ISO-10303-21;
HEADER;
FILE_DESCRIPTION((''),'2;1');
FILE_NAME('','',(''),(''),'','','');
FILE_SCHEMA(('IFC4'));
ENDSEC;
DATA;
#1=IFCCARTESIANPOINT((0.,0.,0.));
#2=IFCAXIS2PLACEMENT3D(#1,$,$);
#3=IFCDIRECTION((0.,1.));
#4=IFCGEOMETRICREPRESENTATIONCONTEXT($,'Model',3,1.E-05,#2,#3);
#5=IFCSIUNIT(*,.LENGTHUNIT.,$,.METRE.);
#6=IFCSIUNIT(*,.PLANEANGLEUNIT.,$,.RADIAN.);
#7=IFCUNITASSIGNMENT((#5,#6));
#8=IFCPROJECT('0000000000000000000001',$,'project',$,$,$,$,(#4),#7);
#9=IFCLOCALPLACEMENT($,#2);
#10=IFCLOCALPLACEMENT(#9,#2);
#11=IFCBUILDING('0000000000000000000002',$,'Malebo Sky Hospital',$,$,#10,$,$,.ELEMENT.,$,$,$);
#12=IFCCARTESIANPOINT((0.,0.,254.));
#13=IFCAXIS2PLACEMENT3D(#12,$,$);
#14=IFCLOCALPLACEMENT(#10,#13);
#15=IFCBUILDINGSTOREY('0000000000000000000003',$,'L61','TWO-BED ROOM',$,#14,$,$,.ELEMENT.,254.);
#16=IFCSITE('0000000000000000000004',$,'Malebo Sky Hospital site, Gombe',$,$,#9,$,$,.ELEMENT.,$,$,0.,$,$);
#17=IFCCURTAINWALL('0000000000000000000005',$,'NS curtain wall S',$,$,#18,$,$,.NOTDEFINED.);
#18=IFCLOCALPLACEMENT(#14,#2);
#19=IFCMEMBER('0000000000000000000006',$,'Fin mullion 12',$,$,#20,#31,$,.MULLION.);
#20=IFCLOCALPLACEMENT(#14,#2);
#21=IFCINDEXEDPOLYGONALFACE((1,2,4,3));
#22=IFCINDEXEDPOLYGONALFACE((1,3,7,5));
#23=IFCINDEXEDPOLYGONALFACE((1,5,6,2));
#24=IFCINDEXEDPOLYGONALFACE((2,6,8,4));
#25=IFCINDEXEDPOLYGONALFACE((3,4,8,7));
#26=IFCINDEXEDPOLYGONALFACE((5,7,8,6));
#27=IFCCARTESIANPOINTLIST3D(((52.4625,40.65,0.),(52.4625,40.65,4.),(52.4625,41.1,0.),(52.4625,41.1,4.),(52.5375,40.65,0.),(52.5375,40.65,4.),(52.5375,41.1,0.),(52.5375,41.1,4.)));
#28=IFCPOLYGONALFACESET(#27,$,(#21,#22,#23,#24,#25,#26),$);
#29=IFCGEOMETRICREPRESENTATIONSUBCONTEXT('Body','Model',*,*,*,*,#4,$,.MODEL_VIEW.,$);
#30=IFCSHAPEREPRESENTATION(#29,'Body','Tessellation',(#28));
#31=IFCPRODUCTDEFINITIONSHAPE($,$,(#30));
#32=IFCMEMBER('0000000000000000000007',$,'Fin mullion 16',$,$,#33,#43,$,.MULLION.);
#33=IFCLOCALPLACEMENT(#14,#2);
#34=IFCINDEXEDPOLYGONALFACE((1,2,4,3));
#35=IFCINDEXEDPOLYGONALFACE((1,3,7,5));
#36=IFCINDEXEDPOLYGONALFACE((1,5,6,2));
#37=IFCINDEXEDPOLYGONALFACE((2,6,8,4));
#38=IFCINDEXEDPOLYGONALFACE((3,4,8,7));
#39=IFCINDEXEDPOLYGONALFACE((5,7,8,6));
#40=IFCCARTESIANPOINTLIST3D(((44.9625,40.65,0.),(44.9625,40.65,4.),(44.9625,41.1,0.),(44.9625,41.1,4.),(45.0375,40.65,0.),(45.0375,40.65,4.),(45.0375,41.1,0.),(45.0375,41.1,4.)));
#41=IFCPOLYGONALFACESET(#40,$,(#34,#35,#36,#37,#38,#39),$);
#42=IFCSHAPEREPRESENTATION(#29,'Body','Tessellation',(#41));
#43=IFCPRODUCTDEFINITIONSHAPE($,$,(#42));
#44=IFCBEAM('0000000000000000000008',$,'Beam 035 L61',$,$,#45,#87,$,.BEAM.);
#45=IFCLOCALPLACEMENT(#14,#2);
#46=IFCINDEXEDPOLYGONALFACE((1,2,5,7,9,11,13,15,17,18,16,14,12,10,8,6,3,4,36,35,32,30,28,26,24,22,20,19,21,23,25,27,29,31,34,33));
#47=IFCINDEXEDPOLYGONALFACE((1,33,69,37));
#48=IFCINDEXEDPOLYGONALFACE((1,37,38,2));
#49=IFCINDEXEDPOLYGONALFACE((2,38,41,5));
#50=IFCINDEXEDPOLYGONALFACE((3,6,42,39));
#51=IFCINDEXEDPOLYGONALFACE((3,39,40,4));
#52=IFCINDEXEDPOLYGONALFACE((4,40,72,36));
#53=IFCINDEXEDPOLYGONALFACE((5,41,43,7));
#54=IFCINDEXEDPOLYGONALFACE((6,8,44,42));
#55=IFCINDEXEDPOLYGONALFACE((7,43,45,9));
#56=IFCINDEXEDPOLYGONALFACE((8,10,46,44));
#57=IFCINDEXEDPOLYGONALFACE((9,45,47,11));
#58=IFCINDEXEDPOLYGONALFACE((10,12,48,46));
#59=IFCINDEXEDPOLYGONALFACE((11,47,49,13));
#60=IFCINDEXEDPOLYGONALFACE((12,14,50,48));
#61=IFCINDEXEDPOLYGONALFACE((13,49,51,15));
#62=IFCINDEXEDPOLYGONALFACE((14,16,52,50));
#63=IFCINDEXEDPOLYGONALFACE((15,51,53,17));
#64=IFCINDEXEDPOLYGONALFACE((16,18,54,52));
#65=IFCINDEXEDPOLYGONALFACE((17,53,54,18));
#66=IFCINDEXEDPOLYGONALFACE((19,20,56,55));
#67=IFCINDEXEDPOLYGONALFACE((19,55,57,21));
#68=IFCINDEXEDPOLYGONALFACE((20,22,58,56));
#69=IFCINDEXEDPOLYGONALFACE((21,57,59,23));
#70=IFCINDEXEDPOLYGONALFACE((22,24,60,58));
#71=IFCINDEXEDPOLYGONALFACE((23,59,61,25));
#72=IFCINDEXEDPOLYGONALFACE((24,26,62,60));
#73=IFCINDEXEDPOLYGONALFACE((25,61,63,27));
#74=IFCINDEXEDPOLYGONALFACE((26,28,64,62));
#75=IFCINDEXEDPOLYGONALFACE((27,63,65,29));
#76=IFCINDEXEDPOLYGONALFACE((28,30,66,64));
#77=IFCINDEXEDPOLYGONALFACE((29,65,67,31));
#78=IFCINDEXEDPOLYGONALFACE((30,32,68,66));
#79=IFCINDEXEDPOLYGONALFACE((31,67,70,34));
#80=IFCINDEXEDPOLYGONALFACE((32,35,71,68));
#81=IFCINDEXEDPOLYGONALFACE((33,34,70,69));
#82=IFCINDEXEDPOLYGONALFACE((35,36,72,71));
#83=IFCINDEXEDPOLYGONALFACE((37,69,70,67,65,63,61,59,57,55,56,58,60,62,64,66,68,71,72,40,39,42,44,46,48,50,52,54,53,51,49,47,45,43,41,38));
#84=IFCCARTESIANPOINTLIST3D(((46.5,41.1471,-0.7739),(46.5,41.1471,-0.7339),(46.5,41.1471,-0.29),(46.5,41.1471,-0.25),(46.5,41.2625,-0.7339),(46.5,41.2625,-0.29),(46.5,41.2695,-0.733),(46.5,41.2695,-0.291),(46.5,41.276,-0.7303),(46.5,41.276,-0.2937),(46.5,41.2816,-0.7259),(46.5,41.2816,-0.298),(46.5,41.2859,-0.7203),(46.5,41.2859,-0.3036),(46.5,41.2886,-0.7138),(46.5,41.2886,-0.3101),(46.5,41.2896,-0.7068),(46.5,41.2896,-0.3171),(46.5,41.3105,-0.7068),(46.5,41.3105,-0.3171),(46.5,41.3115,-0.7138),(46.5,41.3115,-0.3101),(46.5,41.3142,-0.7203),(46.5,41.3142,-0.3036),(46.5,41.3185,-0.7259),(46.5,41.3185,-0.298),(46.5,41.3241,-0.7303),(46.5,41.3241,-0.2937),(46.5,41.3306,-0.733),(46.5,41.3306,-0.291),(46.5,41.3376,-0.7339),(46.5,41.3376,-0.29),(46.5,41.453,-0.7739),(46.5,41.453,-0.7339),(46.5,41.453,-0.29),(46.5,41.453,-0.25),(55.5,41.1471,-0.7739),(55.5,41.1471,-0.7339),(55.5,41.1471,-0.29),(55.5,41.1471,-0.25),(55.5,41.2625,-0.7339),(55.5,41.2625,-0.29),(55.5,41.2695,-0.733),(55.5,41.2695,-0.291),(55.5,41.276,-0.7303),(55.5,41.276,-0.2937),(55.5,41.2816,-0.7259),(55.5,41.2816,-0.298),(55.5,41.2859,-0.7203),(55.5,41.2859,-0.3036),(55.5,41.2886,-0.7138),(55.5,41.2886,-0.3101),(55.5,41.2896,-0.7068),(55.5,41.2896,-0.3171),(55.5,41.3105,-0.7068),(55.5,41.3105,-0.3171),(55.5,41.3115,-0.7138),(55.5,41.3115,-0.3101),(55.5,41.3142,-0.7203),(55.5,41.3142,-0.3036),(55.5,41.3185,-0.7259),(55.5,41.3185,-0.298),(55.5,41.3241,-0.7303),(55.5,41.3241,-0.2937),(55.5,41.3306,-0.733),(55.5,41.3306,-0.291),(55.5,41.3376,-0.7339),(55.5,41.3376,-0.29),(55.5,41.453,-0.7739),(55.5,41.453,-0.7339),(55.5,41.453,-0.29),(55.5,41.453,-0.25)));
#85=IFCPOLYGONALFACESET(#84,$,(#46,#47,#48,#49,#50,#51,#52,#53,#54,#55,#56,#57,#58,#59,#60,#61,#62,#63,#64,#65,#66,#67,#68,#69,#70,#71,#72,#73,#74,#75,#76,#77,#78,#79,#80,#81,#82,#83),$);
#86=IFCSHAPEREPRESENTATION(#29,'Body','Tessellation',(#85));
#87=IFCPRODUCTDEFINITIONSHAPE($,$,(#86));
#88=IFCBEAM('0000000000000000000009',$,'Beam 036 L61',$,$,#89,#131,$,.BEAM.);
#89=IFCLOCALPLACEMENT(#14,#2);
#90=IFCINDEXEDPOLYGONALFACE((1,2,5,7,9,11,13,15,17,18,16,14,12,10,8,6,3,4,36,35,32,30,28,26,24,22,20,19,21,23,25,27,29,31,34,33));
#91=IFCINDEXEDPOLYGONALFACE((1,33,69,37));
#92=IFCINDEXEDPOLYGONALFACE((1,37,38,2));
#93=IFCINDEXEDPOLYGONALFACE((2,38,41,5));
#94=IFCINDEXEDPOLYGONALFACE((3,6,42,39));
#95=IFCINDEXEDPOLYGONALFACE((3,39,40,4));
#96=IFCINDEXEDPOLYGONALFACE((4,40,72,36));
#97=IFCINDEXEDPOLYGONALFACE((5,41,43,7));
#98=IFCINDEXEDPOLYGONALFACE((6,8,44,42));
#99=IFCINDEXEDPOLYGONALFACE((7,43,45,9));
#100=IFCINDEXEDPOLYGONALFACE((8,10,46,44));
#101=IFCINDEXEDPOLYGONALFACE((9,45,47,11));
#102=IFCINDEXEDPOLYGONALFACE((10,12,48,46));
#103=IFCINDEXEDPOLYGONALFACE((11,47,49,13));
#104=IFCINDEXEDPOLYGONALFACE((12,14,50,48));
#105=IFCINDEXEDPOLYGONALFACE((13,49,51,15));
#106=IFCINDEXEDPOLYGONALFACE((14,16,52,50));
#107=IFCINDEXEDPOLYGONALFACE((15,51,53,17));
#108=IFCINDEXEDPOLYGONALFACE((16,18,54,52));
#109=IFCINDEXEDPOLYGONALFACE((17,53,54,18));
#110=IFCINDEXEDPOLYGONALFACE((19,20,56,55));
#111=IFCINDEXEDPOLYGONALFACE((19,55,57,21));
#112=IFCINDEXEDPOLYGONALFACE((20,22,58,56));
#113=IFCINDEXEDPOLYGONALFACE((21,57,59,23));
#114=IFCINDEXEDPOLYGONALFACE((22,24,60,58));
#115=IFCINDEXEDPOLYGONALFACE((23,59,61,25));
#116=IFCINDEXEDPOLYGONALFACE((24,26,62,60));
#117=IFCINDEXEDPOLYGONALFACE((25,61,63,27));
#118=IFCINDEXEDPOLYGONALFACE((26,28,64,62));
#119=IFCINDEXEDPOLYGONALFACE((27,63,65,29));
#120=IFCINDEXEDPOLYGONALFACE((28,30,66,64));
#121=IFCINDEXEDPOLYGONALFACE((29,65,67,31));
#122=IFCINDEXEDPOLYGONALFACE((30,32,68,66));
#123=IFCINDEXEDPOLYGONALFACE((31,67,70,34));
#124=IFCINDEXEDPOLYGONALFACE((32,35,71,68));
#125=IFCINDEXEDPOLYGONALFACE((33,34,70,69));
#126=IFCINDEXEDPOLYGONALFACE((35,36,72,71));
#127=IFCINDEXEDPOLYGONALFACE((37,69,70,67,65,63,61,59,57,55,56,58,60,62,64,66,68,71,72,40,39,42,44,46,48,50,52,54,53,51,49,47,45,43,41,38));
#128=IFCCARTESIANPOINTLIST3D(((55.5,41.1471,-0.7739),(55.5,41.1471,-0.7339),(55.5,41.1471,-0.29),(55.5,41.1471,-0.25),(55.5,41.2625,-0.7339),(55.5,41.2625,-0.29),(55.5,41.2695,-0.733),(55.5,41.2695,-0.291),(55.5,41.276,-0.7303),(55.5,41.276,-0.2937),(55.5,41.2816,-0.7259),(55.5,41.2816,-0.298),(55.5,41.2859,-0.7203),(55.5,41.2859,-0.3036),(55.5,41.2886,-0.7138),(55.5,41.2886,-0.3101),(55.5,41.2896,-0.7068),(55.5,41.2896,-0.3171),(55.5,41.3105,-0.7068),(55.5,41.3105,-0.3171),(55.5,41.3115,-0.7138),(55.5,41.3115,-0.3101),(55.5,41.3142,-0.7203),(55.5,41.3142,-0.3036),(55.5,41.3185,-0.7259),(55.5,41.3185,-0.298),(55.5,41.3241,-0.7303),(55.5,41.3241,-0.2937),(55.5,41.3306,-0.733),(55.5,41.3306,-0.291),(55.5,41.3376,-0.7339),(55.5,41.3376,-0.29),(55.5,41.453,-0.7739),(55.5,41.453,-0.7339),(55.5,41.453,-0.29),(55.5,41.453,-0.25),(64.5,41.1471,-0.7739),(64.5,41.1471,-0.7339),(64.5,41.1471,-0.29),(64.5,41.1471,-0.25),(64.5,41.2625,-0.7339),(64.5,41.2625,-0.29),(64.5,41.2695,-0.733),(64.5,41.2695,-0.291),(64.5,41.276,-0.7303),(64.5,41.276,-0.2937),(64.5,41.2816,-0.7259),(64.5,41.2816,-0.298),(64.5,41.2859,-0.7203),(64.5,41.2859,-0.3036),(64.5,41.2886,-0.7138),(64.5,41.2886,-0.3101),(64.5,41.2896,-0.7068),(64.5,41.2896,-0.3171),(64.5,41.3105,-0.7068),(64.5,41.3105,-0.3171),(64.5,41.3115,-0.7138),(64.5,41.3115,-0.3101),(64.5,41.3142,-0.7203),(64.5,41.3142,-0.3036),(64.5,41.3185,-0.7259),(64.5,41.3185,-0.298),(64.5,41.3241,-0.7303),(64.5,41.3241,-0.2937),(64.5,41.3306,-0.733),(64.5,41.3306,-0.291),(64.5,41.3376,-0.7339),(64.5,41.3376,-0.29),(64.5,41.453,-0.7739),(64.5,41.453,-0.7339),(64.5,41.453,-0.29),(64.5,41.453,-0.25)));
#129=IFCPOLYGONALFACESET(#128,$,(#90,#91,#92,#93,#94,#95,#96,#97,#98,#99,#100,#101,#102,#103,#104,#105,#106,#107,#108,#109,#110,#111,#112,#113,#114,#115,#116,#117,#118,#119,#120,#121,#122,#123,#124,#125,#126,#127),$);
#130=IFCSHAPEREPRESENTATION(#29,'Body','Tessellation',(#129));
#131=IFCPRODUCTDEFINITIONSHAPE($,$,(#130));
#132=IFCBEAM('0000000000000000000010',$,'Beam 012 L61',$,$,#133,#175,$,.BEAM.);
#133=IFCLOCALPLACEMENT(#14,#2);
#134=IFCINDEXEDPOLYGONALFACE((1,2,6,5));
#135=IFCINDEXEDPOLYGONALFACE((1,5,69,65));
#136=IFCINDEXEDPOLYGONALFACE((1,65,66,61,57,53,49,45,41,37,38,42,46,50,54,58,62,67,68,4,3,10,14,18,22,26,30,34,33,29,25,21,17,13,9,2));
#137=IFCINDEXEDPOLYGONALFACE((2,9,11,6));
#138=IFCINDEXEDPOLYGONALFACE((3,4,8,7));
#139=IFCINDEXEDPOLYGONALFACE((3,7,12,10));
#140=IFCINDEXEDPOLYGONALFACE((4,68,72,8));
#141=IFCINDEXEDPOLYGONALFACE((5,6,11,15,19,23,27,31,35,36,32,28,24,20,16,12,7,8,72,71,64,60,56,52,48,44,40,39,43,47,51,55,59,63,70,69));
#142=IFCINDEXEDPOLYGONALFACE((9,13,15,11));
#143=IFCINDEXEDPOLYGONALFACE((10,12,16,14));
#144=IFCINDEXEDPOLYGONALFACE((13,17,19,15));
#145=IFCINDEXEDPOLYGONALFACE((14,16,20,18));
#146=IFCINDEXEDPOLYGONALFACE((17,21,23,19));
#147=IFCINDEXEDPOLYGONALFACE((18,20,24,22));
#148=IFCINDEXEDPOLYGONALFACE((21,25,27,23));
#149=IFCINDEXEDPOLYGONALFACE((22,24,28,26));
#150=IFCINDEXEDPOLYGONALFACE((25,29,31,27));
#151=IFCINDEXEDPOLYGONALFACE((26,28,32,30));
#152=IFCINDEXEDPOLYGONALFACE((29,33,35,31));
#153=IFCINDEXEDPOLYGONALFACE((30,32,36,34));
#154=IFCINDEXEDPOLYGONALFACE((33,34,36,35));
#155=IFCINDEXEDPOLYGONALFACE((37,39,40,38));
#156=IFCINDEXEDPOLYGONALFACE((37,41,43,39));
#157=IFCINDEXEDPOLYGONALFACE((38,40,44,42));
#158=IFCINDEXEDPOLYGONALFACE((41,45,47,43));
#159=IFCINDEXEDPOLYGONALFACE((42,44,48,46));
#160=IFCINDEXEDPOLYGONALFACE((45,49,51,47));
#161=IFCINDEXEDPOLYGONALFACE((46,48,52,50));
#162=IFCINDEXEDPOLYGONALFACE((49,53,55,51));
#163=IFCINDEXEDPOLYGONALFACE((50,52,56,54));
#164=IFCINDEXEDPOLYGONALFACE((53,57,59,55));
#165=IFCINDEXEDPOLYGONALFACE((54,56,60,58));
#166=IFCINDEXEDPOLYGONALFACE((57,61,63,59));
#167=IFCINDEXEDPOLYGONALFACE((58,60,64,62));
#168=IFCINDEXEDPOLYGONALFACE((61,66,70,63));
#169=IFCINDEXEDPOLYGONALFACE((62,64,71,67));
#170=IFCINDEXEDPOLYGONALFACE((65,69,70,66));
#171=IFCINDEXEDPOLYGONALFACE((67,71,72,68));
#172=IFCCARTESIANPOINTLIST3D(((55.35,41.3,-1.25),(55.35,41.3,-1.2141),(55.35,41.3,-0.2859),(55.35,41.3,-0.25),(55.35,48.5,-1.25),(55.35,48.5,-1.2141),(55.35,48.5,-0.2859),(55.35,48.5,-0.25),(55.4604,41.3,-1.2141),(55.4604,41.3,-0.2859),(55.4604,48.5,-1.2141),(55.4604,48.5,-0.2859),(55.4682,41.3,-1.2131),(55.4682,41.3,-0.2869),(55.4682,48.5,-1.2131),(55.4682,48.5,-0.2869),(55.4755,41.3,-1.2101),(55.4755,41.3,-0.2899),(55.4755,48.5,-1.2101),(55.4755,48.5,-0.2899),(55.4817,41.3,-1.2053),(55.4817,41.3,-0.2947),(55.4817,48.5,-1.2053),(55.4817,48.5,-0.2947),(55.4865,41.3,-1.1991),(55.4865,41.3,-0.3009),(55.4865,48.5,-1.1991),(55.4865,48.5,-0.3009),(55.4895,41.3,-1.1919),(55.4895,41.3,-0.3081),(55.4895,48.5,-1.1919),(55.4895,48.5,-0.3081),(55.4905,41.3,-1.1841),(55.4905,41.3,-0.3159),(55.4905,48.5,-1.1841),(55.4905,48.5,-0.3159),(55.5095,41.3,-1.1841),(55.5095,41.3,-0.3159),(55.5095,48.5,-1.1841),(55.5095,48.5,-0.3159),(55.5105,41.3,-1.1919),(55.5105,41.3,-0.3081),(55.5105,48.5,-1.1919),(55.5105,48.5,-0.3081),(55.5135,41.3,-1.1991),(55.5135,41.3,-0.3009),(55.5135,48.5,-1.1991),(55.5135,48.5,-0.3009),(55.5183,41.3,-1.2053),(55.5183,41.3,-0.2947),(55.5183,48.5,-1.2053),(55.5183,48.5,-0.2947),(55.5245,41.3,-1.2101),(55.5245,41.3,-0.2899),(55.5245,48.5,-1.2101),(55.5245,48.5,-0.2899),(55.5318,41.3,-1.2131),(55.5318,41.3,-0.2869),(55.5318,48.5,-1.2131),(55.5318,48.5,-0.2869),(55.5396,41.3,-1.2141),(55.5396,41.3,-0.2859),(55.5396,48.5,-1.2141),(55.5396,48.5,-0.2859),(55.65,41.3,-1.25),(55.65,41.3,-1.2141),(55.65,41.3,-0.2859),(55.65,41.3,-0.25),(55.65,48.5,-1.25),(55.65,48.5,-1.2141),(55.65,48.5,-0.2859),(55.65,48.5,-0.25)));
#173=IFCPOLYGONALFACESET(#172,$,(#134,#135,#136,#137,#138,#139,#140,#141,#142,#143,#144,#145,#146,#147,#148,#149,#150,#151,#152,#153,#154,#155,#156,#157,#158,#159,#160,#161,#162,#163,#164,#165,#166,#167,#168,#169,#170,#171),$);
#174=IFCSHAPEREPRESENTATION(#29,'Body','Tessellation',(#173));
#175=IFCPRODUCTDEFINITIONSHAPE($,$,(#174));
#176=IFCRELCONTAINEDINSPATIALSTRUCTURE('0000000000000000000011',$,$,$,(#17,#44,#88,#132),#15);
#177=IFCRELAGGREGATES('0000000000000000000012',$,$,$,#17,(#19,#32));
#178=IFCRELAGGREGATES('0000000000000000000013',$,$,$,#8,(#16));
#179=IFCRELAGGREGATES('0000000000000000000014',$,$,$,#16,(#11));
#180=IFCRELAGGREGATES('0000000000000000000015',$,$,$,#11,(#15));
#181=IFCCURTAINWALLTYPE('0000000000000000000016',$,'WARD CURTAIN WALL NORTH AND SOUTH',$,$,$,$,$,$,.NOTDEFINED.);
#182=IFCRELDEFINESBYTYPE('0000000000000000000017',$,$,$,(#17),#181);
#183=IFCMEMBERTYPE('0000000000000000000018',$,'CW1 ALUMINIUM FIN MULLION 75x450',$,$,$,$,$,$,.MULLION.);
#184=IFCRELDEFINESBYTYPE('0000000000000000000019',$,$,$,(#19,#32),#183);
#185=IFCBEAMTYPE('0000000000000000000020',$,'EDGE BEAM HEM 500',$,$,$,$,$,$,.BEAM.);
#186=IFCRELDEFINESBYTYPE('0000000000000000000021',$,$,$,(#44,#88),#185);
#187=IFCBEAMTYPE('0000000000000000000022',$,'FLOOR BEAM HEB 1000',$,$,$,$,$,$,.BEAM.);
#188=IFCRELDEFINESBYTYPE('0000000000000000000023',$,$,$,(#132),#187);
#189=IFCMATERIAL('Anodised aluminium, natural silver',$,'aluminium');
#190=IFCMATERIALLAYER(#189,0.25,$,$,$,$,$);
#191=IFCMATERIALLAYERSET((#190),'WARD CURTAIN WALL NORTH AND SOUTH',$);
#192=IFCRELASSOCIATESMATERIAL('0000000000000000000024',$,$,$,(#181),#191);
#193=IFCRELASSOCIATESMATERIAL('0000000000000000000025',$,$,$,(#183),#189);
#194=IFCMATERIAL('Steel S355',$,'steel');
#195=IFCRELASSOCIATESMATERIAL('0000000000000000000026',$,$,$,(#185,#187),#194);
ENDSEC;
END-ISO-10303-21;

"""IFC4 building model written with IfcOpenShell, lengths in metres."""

from ifc_helpers import new_model, si_unit, direction, frame, origin, origin_2d, place, context, subcontext, project, spatial, rectangle, i_section, extrude, material, layer, layer_set, material_profile, profile_set, type_object, element, aggregate, save


model = new_model("IFC4")

# Units and contexts
model_context = context("Model", 3, precision=1e-05, world=origin(), true_north=direction((0.0, 1.0)))
body_context = subcontext(model_context, "Body", "Model", "MODEL_VIEW")
ifc_project = project(units=[si_unit("LENGTHUNIT", "METRE"), si_unit("PLANEANGLEUNIT", "RADIAN")], contexts=[model_context])

# Site, building, storey
site_placement = place(None, origin())
site = spatial("IfcSite", under=ifc_project, at=site_placement, Name="Malebo Sky Hospital site, Gombe", CompositionType="ELEMENT", RefElevation=0.0)
building_placement = place(site_placement, origin())
building = spatial("IfcBuilding", under=site, at=building_placement, Name="Malebo Sky Hospital", CompositionType="ELEMENT")
storey_placement = place(building_placement, frame((0.0, 0.0, 254.0)))
storey = spatial("IfcBuildingStorey", under=building, at=storey_placement, Name="L61", Description="TWO-BED ROOM", CompositionType="ELEMENT", Elevation=254.0)

# Curtain wall, members
ifc_material_1 = material(Name="Anodised aluminium, natural silver", Category="aluminium")
ifc_layer_1 = layer(ifc_material_1, 0.25)
ifc_layer_set_1 = layer_set([ifc_layer_1], Name="WARD CURTAIN WALL NORTH AND SOUTH")
curtain_wall_type = type_object("IfcCurtainWallType", Name="WARD CURTAIN WALL NORTH AND SOUTH", PredefinedType="NOTDEFINED", material=ifc_layer_set_1)
curtain_wall_placement = place(storey_placement, origin())
curtain_wall = element("IfcCurtainWall", 1, at=curtain_wall_placement, inside=storey, type_object=curtain_wall_type, Name="NS curtain wall S", PredefinedType="NOTDEFINED")
ifc_material_profile_1 = material_profile(ifc_material_1, rectangle(XDim=0.075, YDim=0.45, at=origin_2d()), Name="CW1 ALUMINIUM FIN MULLION 75x450")
ifc_profile_set_1 = profile_set([ifc_material_profile_1], Name="Anodised aluminium, natural silver")
member_type_1 = type_object("IfcMemberType", Name="CW1 ALUMINIUM FIN MULLION 75x450", PredefinedType="MULLION", material=ifc_profile_set_1)
member_1_placement = place(storey_placement, frame((52.5, 40.875, 0.0), z_axis=(0.0, 0.0, 1.0), x_axis=(-1.0, 0.0, 0.0)))
member_1 = element("IfcMember", 2, at=member_1_placement, type_object=member_type_1, Name="Fin mullion 12", PredefinedType="MULLION", context=body_context, shape_type="SweptSolid", body=[
    extrude(rectangle(XDim=0.075, YDim=0.45, at=origin_2d()), origin(), (0.0, 0.0, 1.0), 4.0),
])
member_2_placement = place(storey_placement, frame((45.0, 40.875, 0.0), z_axis=(0.0, 0.0, 1.0), x_axis=(-1.0, 0.0, 0.0)))
member_2 = element("IfcMember", 3, at=member_2_placement, type_object=member_type_1, Name="Fin mullion 16", PredefinedType="MULLION", context=body_context, shape_type="SweptSolid", body=[
    extrude(rectangle(XDim=0.075, YDim=0.45, at=origin_2d()), origin(), (0.0, 0.0, 1.0), 4.0),
])

# Beams
ifc_material_2 = material(Name="Steel S355", Category="steel")
ifc_material_profile_2 = material_profile(ifc_material_2, i_section(OverallWidth=0.3059, OverallDepth=0.5239, WebThickness=0.021, FlangeThickness=0.04, FilletRadius=0.0271, at=origin_2d()), Name="HEM 500")
ifc_profile_set_2 = profile_set([ifc_material_profile_2], Name="Steel S355")
beam_type_1 = type_object("IfcBeamType", Name="EDGE BEAM HEM 500", PredefinedType="BEAM", material=ifc_profile_set_2)
for number, where, z_axis, x_axis, name in (
    (4, (46.5, 41.3, -0.512), (1.0, 0.0, 0.0), (0.0, 1.0, 0.0), "Beam 035 L61"),
    (5, (55.5, 41.3, -0.512), (1.0, 0.0, 0.0), (0.0, 1.0, 0.0), "Beam 036 L61"),
):
    element("IfcBeam", number, at=place(storey_placement, frame(where, z_axis=z_axis, x_axis=x_axis)), inside=storey, type_object=beam_type_1, Name=name, PredefinedType="BEAM", context=body_context, shape_type="SweptSolid", body=[
        extrude(i_section(OverallWidth=0.3059, OverallDepth=0.5239, WebThickness=0.021, FlangeThickness=0.04, FilletRadius=0.0271, at=origin_2d()), origin(), (0.0, 0.0, 1.0), 9.0),
    ])
ifc_material_profile_3 = material_profile(ifc_material_2, i_section(OverallWidth=0.3, OverallDepth=1.0, WebThickness=0.019, FlangeThickness=0.0359, FilletRadius=0.03, at=origin_2d()), Name="HEB 1000")
ifc_profile_set_3 = profile_set([ifc_material_profile_3], Name="Steel S355")
beam_type_2 = type_object("IfcBeamType", Name="FLOOR BEAM HEB 1000", PredefinedType="BEAM", material=ifc_profile_set_3)
beam_1_placement = place(storey_placement, frame((55.5, 41.3, -0.75), z_axis=(0.0, 1.0, 0.0), x_axis=(-1.0, 0.0, 0.0)))
element("IfcBeam", 6, at=beam_1_placement, inside=storey, type_object=beam_type_2, Name="Beam 012 L61", PredefinedType="BEAM", context=body_context, shape_type="SweptSolid", body=[
    extrude(i_section(OverallWidth=0.3, OverallDepth=1.0, WebThickness=0.019, FlangeThickness=0.0359, FilletRadius=0.03, at=origin_2d()), origin(), (0.0, 0.0, 1.0), 7.2),
])

aggregate(curtain_wall, [member_1, member_2])

save(model, "model.ifc")
